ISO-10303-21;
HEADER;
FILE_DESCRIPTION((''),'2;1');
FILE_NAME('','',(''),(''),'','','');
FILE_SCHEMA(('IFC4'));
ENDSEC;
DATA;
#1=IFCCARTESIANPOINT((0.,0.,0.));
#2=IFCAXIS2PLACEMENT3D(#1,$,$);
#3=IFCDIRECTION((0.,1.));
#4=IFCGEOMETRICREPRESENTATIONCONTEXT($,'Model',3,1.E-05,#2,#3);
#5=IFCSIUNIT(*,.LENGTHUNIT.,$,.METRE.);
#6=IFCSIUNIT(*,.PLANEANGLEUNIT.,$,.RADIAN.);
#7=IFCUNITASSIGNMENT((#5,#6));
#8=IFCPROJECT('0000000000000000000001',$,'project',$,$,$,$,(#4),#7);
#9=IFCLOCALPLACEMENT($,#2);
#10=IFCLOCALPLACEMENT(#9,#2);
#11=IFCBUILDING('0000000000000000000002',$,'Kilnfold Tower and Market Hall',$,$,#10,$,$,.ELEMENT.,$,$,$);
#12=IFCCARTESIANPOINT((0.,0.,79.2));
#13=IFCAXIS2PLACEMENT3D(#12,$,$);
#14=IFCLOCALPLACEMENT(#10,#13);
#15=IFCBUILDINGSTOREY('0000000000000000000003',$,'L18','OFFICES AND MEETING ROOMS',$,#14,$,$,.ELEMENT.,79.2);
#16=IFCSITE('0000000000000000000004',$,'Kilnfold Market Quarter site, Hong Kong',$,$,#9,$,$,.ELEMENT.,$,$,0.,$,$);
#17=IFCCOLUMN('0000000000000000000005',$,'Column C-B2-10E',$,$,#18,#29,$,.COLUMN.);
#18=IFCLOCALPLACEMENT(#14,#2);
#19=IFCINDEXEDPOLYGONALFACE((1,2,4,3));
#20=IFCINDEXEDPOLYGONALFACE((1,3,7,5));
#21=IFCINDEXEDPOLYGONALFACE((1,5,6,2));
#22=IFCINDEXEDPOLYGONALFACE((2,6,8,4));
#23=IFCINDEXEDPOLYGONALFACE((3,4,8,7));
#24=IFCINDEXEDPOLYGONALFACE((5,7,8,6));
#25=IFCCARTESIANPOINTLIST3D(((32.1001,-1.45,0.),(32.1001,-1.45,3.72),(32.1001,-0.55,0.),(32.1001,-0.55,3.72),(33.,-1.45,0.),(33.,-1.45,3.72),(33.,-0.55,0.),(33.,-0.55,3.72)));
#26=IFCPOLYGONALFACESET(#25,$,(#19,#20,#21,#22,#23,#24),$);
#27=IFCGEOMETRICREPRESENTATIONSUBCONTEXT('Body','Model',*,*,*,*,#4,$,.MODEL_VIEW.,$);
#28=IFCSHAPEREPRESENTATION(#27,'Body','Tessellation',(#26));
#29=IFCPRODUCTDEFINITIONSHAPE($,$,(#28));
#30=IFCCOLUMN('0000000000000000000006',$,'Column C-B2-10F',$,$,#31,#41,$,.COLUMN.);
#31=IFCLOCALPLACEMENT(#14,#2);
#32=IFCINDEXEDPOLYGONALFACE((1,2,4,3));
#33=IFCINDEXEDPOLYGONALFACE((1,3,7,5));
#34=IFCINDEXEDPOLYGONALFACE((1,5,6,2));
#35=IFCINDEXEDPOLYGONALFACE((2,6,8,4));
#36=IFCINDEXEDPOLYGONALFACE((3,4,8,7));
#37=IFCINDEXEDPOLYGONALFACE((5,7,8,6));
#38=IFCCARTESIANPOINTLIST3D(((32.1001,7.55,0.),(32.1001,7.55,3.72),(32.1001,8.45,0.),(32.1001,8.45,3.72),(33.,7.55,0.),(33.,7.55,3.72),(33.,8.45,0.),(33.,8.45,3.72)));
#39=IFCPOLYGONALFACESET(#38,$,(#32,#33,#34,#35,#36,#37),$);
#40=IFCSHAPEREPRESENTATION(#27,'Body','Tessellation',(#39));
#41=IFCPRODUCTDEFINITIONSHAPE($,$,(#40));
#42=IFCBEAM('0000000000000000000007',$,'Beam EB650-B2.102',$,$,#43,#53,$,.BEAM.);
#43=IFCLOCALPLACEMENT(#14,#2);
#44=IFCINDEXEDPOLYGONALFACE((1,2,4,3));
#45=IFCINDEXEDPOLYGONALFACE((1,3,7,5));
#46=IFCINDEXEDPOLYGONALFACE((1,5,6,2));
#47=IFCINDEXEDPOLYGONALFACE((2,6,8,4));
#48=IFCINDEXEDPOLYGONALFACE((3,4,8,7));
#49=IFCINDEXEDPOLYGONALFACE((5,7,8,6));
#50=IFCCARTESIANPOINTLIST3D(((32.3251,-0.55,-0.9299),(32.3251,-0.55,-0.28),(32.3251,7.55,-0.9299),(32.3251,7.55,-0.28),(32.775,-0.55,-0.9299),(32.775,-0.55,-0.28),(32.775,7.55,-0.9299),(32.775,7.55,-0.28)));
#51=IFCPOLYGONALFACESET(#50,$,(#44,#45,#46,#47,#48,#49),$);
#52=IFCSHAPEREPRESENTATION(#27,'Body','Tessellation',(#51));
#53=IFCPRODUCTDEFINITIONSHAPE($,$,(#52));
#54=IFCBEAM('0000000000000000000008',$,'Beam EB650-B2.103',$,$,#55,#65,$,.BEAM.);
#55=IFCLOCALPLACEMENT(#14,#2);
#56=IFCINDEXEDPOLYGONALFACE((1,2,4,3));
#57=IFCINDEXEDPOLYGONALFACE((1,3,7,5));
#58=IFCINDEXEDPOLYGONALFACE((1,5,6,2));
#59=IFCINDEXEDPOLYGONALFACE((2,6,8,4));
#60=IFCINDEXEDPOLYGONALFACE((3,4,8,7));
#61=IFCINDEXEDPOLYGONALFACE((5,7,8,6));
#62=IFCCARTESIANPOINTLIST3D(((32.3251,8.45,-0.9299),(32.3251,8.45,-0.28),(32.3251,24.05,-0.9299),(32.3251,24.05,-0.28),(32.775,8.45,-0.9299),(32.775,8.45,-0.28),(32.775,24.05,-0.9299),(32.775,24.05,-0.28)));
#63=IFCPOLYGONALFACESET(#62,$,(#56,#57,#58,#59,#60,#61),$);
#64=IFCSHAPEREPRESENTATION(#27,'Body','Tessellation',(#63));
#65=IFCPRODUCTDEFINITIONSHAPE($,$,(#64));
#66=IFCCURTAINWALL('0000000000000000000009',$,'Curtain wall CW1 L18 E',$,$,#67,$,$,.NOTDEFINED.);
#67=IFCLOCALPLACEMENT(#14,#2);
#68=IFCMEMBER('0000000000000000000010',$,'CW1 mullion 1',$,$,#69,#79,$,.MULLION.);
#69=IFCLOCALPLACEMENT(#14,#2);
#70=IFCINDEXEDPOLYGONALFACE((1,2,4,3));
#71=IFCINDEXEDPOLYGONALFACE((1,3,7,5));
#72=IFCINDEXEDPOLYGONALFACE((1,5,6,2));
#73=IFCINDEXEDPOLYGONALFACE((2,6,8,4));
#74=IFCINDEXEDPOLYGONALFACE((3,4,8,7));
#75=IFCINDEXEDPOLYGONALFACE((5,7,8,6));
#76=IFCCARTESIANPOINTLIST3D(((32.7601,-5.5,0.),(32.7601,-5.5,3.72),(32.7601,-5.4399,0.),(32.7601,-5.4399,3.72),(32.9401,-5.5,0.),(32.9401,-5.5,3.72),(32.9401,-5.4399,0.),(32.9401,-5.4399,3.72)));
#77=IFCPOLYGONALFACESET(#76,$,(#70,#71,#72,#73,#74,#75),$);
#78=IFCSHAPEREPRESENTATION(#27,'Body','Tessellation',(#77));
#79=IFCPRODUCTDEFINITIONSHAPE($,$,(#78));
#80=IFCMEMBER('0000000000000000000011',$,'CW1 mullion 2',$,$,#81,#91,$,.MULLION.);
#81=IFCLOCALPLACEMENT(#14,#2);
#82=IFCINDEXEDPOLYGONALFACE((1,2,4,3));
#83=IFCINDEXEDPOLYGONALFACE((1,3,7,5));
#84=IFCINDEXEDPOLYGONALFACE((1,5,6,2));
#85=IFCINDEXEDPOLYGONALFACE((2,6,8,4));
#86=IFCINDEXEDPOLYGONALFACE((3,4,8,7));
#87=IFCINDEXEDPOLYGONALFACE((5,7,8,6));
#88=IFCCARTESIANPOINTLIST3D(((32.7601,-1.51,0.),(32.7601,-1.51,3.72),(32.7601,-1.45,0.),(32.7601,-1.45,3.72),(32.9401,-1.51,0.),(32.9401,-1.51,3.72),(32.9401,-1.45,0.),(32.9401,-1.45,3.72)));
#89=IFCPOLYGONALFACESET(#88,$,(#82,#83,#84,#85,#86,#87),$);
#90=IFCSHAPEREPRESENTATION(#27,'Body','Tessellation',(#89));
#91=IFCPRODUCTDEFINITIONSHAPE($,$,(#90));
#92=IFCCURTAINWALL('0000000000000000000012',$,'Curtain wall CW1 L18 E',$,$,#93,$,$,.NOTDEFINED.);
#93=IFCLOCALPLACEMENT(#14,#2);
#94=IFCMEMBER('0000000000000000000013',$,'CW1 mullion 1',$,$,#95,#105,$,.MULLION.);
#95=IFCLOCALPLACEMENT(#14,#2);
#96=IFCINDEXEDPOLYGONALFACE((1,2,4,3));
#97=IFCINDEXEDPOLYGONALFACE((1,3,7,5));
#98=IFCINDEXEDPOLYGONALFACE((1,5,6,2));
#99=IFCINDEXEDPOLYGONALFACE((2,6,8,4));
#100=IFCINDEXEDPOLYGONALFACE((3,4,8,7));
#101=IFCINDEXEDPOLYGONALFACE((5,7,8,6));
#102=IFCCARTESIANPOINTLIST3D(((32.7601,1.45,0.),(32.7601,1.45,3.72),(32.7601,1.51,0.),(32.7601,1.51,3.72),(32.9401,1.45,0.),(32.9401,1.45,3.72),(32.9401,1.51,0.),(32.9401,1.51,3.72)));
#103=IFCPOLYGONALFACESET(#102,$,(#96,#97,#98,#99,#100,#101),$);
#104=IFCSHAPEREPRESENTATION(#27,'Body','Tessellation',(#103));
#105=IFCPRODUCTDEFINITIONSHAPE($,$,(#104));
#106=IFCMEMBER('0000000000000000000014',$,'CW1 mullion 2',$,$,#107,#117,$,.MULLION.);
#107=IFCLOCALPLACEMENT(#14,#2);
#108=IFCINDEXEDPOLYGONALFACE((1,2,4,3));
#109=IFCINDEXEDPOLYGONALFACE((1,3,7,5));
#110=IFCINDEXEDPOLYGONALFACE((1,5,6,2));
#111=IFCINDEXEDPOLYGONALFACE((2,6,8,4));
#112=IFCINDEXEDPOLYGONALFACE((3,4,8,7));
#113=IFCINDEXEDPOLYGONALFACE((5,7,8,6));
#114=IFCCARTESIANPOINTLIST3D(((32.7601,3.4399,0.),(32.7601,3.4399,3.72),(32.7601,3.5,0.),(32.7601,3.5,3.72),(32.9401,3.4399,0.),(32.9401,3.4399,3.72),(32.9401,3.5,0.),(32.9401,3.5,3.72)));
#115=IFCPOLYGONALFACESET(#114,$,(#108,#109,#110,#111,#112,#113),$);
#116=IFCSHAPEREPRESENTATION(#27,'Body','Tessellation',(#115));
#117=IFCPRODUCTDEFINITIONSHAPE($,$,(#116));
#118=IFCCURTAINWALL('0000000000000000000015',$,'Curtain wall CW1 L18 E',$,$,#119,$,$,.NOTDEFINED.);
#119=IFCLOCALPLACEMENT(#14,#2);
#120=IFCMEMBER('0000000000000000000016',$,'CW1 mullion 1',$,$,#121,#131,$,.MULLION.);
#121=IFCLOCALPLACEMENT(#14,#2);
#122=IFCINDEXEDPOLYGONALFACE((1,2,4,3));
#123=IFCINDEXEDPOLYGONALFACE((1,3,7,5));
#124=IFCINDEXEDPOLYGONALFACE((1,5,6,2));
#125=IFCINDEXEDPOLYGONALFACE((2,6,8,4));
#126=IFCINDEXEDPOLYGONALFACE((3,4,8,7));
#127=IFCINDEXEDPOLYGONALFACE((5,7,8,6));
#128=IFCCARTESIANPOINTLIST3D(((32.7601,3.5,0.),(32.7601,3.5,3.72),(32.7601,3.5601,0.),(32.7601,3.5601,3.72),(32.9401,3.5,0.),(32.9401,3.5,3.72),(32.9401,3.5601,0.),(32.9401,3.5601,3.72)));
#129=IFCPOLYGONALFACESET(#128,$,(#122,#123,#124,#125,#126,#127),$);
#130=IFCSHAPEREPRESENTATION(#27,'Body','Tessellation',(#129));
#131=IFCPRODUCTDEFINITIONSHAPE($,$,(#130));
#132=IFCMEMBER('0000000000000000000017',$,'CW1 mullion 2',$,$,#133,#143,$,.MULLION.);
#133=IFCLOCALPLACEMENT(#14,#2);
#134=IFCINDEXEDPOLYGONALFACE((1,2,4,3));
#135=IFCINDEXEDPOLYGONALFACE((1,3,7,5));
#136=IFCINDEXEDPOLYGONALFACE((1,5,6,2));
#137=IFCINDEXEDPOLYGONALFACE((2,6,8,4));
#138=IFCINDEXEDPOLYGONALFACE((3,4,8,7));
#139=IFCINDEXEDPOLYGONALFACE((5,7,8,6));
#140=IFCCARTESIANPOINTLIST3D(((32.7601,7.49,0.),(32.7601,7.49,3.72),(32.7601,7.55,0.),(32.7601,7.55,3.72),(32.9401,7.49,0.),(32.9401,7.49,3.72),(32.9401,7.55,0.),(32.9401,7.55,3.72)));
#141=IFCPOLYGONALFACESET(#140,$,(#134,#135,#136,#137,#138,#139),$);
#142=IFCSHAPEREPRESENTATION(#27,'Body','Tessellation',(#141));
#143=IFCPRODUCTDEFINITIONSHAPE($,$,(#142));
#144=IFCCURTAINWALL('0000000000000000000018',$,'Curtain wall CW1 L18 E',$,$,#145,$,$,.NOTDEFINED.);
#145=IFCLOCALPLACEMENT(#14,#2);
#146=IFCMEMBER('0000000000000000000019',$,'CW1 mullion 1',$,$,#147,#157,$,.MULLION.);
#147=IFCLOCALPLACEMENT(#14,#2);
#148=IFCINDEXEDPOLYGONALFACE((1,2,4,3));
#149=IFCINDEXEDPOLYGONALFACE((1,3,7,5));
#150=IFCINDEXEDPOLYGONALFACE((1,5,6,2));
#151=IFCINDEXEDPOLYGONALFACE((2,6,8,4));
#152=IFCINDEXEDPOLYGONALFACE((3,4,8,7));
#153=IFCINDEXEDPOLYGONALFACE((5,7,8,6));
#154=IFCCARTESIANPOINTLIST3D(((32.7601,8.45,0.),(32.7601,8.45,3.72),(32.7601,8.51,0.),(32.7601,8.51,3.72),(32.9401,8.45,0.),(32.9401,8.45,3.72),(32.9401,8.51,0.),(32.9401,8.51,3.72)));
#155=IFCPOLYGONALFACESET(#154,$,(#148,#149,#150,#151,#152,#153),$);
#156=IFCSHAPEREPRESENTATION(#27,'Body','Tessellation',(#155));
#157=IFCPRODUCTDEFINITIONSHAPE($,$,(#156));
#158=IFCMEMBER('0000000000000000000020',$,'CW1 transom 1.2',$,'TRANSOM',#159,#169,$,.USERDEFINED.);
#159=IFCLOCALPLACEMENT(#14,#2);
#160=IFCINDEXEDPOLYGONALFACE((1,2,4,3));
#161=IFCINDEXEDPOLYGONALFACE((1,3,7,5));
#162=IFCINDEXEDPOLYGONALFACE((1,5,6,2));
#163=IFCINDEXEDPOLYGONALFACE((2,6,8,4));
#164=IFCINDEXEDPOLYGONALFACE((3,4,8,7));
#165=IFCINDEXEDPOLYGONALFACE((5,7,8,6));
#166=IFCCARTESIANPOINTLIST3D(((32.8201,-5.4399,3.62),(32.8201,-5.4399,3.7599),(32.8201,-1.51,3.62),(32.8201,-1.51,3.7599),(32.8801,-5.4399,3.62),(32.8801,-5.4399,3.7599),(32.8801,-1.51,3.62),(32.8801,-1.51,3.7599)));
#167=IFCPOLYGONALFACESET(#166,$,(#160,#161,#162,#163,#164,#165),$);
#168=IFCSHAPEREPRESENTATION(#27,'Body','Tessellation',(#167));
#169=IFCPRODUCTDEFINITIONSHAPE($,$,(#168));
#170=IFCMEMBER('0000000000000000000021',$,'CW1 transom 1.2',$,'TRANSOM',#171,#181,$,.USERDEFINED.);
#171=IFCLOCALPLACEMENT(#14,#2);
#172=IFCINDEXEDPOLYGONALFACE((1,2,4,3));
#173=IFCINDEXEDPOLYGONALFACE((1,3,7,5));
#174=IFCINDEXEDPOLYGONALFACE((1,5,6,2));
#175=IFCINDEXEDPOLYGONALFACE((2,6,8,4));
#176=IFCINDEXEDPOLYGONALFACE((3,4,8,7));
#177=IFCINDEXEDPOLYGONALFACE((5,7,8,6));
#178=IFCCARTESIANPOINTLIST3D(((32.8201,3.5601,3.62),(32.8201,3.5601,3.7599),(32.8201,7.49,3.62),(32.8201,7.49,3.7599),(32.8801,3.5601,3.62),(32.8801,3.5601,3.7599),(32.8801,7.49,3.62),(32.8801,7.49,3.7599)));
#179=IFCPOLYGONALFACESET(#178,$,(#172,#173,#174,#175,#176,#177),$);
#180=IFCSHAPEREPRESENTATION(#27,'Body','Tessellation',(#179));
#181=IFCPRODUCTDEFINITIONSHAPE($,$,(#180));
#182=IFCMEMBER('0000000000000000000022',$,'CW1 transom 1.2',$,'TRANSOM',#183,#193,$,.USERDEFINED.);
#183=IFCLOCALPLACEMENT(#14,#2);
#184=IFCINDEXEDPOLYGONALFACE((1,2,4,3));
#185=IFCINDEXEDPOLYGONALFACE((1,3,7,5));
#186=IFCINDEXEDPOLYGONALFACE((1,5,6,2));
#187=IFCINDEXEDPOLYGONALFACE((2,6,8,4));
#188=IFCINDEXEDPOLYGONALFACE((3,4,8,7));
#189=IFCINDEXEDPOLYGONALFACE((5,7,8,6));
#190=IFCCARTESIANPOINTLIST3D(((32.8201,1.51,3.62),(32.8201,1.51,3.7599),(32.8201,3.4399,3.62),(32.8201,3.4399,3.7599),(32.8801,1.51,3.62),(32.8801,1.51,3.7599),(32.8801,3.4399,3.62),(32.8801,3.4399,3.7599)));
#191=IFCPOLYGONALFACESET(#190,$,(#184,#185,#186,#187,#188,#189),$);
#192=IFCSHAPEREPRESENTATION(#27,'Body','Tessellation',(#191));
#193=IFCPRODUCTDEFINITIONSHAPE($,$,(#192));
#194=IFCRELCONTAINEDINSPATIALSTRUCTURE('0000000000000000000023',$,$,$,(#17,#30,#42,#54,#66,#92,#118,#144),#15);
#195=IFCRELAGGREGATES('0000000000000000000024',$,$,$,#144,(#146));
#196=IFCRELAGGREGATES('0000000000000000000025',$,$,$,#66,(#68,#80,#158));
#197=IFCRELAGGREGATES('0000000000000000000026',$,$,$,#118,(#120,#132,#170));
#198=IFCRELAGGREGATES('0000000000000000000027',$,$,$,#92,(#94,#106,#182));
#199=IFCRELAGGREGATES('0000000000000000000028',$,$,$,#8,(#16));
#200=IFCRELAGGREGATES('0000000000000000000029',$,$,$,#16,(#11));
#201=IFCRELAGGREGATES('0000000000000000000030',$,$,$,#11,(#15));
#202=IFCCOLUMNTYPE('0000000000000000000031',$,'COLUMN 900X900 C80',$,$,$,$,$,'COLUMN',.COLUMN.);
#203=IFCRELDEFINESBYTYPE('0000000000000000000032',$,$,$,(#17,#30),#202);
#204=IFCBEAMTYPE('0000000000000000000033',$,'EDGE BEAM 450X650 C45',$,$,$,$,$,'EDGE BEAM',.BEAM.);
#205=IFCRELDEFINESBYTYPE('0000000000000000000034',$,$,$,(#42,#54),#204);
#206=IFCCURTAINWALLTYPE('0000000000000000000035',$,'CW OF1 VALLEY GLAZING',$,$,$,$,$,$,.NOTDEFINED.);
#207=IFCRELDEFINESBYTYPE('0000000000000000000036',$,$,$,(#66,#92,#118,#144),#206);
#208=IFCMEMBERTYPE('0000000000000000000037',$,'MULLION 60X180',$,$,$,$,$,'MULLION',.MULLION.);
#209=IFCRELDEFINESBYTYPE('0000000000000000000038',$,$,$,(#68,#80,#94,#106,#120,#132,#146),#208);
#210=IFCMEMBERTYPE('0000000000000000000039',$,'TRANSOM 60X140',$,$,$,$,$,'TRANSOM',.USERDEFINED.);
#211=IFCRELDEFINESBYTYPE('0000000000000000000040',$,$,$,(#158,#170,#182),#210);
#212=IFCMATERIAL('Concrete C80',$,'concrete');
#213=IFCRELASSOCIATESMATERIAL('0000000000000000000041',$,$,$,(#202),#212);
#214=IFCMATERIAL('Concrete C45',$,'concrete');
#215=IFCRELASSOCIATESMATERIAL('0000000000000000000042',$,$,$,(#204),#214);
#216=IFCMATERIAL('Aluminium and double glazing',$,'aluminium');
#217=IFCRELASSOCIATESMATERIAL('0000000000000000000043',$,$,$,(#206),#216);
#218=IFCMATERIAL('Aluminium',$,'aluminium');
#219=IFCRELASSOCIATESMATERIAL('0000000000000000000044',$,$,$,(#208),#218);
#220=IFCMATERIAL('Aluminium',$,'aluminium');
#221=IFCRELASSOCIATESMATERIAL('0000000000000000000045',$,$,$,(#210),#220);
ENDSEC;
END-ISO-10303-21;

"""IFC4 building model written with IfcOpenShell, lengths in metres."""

from ifc_helpers import new_model, si_unit, direction, frame, origin, origin_2d, place, context, subcontext, project, spatial, rectangle, extrude, source, transform, mapped, material, material_profile, profile_set, type_object, element, aggregate, save


model = new_model("IFC4")

# Units and contexts
model_context = context("Model", 3, precision=1e-05, world=origin(), true_north=direction((0.0, 1.0)))
body_context = subcontext(model_context, "Body", "Model", "MODEL_VIEW")
ifc_project = project(units=[si_unit("LENGTHUNIT", "METRE"), si_unit("PLANEANGLEUNIT", "RADIAN")], contexts=[model_context])

# Site, building, storey
site_placement = place(None, origin())
site = spatial("IfcSite", under=ifc_project, at=site_placement, Name="Kilnfold Market Quarter site, Hong Kong", CompositionType="ELEMENT", RefElevation=0.0)
building_placement = place(site_placement, origin())
building = spatial("IfcBuilding", under=site, at=building_placement, Name="Kilnfold Tower and Market Hall", CompositionType="ELEMENT")
storey_placement = place(building_placement, frame((0.0, 0.0, 79.2)))
storey = spatial("IfcBuildingStorey", under=building, at=storey_placement, Name="L18", Description="OFFICES AND MEETING ROOMS", CompositionType="ELEMENT", Elevation=79.2)

# Columns
ifc_material_1 = material(Name="Concrete C80", Category="concrete")
ifc_material_profile_1 = material_profile(ifc_material_1, rectangle(XDim=0.8999, YDim=0.8999, at=origin_2d()), Name="RC 900x900")
ifc_profile_set_1 = profile_set([ifc_material_profile_1], Name="Concrete C80")
column_type = type_object("IfcColumnType", Name="COLUMN 900X900 C80", ElementType="COLUMN", PredefinedType="COLUMN", material=ifc_profile_set_1)
shared_shape_1 = source(origin(), body_context, "Body", "SweptSolid", [
    extrude(rectangle(XDim=0.8999, YDim=0.8999, at=origin_2d()), origin(), (0.0, 0.0, 1.0), 3.72),
])
for number, where, z_axis, x_axis, name in (
    (1, (32.55, -1.0, 0.0), (0.0, 0.0, 1.0), (1.0, 0.0, 0.0), "Column C-B2-10E"),
    (2, (32.55, 8.0, 0.0), (0.0, 0.0, 1.0), (1.0, 0.0, 0.0), "Column C-B2-10F"),
):
    element("IfcColumn", number, at=place(storey_placement, frame(where, z_axis=z_axis, x_axis=x_axis)), inside=storey, type_object=column_type, Name=name, PredefinedType="COLUMN", context=body_context, shape_type="MappedRepresentation", body=[
        mapped(shared_shape_1, transform((0.0, 0.0, 0.0))),
    ])

# Beams
ifc_material_2 = material(Name="Concrete C45", Category="concrete")
ifc_material_profile_2 = material_profile(ifc_material_2, rectangle(XDim=0.45, YDim=0.6499, at=origin_2d()), Name="RC 450x650")
ifc_profile_set_2 = profile_set([ifc_material_profile_2], Name="Concrete C45")
beam_type = type_object("IfcBeamType", Name="EDGE BEAM 450X650 C45", ElementType="EDGE BEAM", PredefinedType="BEAM", material=ifc_profile_set_2)
shared_shape_2 = source(origin(), body_context, "Body", "SweptSolid", [
    extrude(rectangle(XDim=0.45, YDim=0.6499, at=origin_2d()), origin(), (0.0, 0.0, 1.0), 8.1001),
])
beam_1_placement = place(storey_placement, frame((32.55, -0.55, -0.605), z_axis=(0.0, 1.0, 0.0), x_axis=(-1.0, 0.0, 0.0)))
element("IfcBeam", 3, at=beam_1_placement, inside=storey, type_object=beam_type, Name="Beam EB650-B2.102", PredefinedType="BEAM", context=body_context, shape_type="MappedRepresentation", body=[
    mapped(shared_shape_2, transform((0.0, 0.0, 0.0))),
])
shared_shape_3 = source(origin(), body_context, "Body", "SweptSolid", [
    extrude(rectangle(XDim=0.45, YDim=0.6499, at=origin_2d()), origin(), (0.0, 0.0, 1.0), 15.6001),
])
beam_2_placement = place(storey_placement, frame((32.55, 8.45, -0.605), z_axis=(0.0, 1.0, 0.0), x_axis=(-1.0, 0.0, 0.0)))
element("IfcBeam", 4, at=beam_2_placement, inside=storey, type_object=beam_type, Name="Beam EB650-B2.103", PredefinedType="BEAM", context=body_context, shape_type="MappedRepresentation", body=[
    mapped(shared_shape_3, transform((0.0, 0.0, 0.0))),
])

# Curtain walls, members
ifc_material_3 = material(Name="Aluminium and double glazing", Category="aluminium")
curtain_wall_type = type_object("IfcCurtainWallType", Name="CW OF1 VALLEY GLAZING", PredefinedType="NOTDEFINED", material=ifc_material_3)
curtain_wall_1_placement = place(storey_placement, origin())
curtain_wall_1 = element("IfcCurtainWall", 5, at=curtain_wall_1_placement, inside=storey, type_object=curtain_wall_type, Name="Curtain wall CW1 L18 E", PredefinedType="NOTDEFINED")
ifc_material_4 = material(Name="Aluminium", Category="aluminium")
ifc_material_profile_3 = material_profile(ifc_material_4, rectangle(XDim=0.0601, YDim=0.1799, at=origin_2d()), Name="MULLION 60x180")
ifc_profile_set_3 = profile_set([ifc_material_profile_3], Name="Aluminium")
member_type_1 = type_object("IfcMemberType", Name="MULLION 60X180", ElementType="MULLION", PredefinedType="MULLION", material=ifc_profile_set_3)
shared_shape_4 = source(origin(), body_context, "Body", "SweptSolid", [
    extrude(rectangle(XDim=0.0601, YDim=0.1799, at=origin_2d()), origin(), (0.0, 0.0, 1.0), 3.72),
])
member_1_placement = place(storey_placement, frame((32.8501, -5.47, 0.0), z_axis=(0.0, 0.0, 1.0), x_axis=(0.0, 1.0, 0.0)))
member_1 = element("IfcMember", 6, at=member_1_placement, type_object=member_type_1, Name="CW1 mullion 1", PredefinedType="MULLION", context=body_context, shape_type="MappedRepresentation", body=[
    mapped(shared_shape_4, transform((0.0, 0.0, 0.0))),
])
member_2_placement = place(storey_placement, frame((32.8501, -1.48, 0.0), z_axis=(0.0, 0.0, 1.0), x_axis=(0.0, 1.0, 0.0)))
member_2 = element("IfcMember", 7, at=member_2_placement, type_object=member_type_1, Name="CW1 mullion 2", PredefinedType="MULLION", context=body_context, shape_type="MappedRepresentation", body=[
    mapped(shared_shape_4, transform((0.0, 0.0, 0.0))),
])
curtain_wall_2_placement = place(storey_placement, origin())
curtain_wall_2 = element("IfcCurtainWall", 8, at=curtain_wall_2_placement, inside=storey, type_object=curtain_wall_type, Name="Curtain wall CW1 L18 E", PredefinedType="NOTDEFINED")
member_3_placement = place(storey_placement, frame((32.8501, 1.48, 0.0), z_axis=(0.0, 0.0, 1.0), x_axis=(0.0, 1.0, 0.0)))
member_3 = element("IfcMember", 9, at=member_3_placement, type_object=member_type_1, Name="CW1 mullion 1", PredefinedType="MULLION", context=body_context, shape_type="MappedRepresentation", body=[
    mapped(shared_shape_4, transform((0.0, 0.0, 0.0))),
])
member_4_placement = place(storey_placement, frame((32.8501, 3.47, 0.0), z_axis=(0.0, 0.0, 1.0), x_axis=(0.0, 1.0, 0.0)))
member_4 = element("IfcMember", 10, at=member_4_placement, type_object=member_type_1, Name="CW1 mullion 2", PredefinedType="MULLION", context=body_context, shape_type="MappedRepresentation", body=[
    mapped(shared_shape_4, transform((0.0, 0.0, 0.0))),
])
curtain_wall_3_placement = place(storey_placement, origin())
curtain_wall_3 = element("IfcCurtainWall", 11, at=curtain_wall_3_placement, inside=storey, type_object=curtain_wall_type, Name="Curtain wall CW1 L18 E", PredefinedType="NOTDEFINED")
member_5_placement = place(storey_placement, frame((32.8501, 3.53, 0.0), z_axis=(0.0, 0.0, 1.0), x_axis=(0.0, 1.0, 0.0)))
member_5 = element("IfcMember", 12, at=member_5_placement, type_object=member_type_1, Name="CW1 mullion 1", PredefinedType="MULLION", context=body_context, shape_type="MappedRepresentation", body=[
    mapped(shared_shape_4, transform((0.0, 0.0, 0.0))),
])
member_6_placement = place(storey_placement, frame((32.8501, 7.52, 0.0), z_axis=(0.0, 0.0, 1.0), x_axis=(0.0, 1.0, 0.0)))
member_6 = element("IfcMember", 13, at=member_6_placement, type_object=member_type_1, Name="CW1 mullion 2", PredefinedType="MULLION", context=body_context, shape_type="MappedRepresentation", body=[
    mapped(shared_shape_4, transform((0.0, 0.0, 0.0))),
])

# Curtain wall, member
curtain_wall_4_placement = place(storey_placement, origin())
curtain_wall_4 = element("IfcCurtainWall", 14, at=curtain_wall_4_placement, inside=storey, type_object=curtain_wall_type, Name="Curtain wall CW1 L18 E", PredefinedType="NOTDEFINED")
member_7_placement = place(storey_placement, frame((32.8501, 8.48, 0.0), z_axis=(0.0, 0.0, 1.0), x_axis=(0.0, 1.0, 0.0)))
member_7 = element("IfcMember", 15, at=member_7_placement, type_object=member_type_1, Name="CW1 mullion 1", PredefinedType="MULLION", context=body_context, shape_type="MappedRepresentation", body=[
    mapped(shared_shape_4, transform((0.0, 0.0, 0.0))),
])

# Members
ifc_material_5 = material(Name="Aluminium", Category="aluminium")
ifc_material_profile_4 = material_profile(ifc_material_5, rectangle(XDim=0.0601, YDim=0.1399, at=origin_2d()), Name="TRANSOM 60x140")
ifc_profile_set_4 = profile_set([ifc_material_profile_4], Name="Aluminium")
member_type_2 = type_object("IfcMemberType", Name="TRANSOM 60X140", ElementType="TRANSOM", PredefinedType="USERDEFINED", material=ifc_profile_set_4)
shared_shape_5 = source(origin(), body_context, "Body", "SweptSolid", [
    extrude(rectangle(XDim=0.0601, YDim=0.1399, at=origin_2d()), origin(), (0.0, 0.0, 1.0), 3.9299),
])
member_8_placement = place(storey_placement, frame((32.8501, -5.4399, 3.6899), z_axis=(0.0, 1.0, 0.0), x_axis=(-1.0, 0.0, 0.0)))
member_8 = element("IfcMember", 16, at=member_8_placement, type_object=member_type_2, Name="CW1 transom 1.2", ObjectType="TRANSOM", PredefinedType="USERDEFINED", context=body_context, shape_type="MappedRepresentation", body=[
    mapped(shared_shape_5, transform((0.0, 0.0, 0.0))),
])
member_9_placement = place(storey_placement, frame((32.8501, 3.5601, 3.6899), z_axis=(0.0, 1.0, 0.0), x_axis=(-1.0, 0.0, 0.0)))
member_9 = element("IfcMember", 17, at=member_9_placement, type_object=member_type_2, Name="CW1 transom 1.2", ObjectType="TRANSOM", PredefinedType="USERDEFINED", context=body_context, shape_type="MappedRepresentation", body=[
    mapped(shared_shape_5, transform((0.0, 0.0, 0.0))),
])
shared_shape_6 = source(origin(), body_context, "Body", "SweptSolid", [
    extrude(rectangle(XDim=0.0601, YDim=0.1399, at=origin_2d()), origin(), (0.0, 0.0, 1.0), 1.9299),
])
member_10_placement = place(storey_placement, frame((32.8501, 1.51, 3.6899), z_axis=(0.0, 1.0, 0.0), x_axis=(-1.0, 0.0, 0.0)))
member_10 = element("IfcMember", 18, at=member_10_placement, type_object=member_type_2, Name="CW1 transom 1.2", ObjectType="TRANSOM", PredefinedType="USERDEFINED", context=body_context, shape_type="MappedRepresentation", body=[
    mapped(shared_shape_6, transform((0.0, 0.0, 0.0))),
])
aggregate(curtain_wall_4, [member_7])

aggregate(curtain_wall_1, [member_1, member_2, member_8])
aggregate(curtain_wall_3, [member_5, member_6, member_9])
aggregate(curtain_wall_2, [member_3, member_4, member_10])

save(model, "model.ifc")
